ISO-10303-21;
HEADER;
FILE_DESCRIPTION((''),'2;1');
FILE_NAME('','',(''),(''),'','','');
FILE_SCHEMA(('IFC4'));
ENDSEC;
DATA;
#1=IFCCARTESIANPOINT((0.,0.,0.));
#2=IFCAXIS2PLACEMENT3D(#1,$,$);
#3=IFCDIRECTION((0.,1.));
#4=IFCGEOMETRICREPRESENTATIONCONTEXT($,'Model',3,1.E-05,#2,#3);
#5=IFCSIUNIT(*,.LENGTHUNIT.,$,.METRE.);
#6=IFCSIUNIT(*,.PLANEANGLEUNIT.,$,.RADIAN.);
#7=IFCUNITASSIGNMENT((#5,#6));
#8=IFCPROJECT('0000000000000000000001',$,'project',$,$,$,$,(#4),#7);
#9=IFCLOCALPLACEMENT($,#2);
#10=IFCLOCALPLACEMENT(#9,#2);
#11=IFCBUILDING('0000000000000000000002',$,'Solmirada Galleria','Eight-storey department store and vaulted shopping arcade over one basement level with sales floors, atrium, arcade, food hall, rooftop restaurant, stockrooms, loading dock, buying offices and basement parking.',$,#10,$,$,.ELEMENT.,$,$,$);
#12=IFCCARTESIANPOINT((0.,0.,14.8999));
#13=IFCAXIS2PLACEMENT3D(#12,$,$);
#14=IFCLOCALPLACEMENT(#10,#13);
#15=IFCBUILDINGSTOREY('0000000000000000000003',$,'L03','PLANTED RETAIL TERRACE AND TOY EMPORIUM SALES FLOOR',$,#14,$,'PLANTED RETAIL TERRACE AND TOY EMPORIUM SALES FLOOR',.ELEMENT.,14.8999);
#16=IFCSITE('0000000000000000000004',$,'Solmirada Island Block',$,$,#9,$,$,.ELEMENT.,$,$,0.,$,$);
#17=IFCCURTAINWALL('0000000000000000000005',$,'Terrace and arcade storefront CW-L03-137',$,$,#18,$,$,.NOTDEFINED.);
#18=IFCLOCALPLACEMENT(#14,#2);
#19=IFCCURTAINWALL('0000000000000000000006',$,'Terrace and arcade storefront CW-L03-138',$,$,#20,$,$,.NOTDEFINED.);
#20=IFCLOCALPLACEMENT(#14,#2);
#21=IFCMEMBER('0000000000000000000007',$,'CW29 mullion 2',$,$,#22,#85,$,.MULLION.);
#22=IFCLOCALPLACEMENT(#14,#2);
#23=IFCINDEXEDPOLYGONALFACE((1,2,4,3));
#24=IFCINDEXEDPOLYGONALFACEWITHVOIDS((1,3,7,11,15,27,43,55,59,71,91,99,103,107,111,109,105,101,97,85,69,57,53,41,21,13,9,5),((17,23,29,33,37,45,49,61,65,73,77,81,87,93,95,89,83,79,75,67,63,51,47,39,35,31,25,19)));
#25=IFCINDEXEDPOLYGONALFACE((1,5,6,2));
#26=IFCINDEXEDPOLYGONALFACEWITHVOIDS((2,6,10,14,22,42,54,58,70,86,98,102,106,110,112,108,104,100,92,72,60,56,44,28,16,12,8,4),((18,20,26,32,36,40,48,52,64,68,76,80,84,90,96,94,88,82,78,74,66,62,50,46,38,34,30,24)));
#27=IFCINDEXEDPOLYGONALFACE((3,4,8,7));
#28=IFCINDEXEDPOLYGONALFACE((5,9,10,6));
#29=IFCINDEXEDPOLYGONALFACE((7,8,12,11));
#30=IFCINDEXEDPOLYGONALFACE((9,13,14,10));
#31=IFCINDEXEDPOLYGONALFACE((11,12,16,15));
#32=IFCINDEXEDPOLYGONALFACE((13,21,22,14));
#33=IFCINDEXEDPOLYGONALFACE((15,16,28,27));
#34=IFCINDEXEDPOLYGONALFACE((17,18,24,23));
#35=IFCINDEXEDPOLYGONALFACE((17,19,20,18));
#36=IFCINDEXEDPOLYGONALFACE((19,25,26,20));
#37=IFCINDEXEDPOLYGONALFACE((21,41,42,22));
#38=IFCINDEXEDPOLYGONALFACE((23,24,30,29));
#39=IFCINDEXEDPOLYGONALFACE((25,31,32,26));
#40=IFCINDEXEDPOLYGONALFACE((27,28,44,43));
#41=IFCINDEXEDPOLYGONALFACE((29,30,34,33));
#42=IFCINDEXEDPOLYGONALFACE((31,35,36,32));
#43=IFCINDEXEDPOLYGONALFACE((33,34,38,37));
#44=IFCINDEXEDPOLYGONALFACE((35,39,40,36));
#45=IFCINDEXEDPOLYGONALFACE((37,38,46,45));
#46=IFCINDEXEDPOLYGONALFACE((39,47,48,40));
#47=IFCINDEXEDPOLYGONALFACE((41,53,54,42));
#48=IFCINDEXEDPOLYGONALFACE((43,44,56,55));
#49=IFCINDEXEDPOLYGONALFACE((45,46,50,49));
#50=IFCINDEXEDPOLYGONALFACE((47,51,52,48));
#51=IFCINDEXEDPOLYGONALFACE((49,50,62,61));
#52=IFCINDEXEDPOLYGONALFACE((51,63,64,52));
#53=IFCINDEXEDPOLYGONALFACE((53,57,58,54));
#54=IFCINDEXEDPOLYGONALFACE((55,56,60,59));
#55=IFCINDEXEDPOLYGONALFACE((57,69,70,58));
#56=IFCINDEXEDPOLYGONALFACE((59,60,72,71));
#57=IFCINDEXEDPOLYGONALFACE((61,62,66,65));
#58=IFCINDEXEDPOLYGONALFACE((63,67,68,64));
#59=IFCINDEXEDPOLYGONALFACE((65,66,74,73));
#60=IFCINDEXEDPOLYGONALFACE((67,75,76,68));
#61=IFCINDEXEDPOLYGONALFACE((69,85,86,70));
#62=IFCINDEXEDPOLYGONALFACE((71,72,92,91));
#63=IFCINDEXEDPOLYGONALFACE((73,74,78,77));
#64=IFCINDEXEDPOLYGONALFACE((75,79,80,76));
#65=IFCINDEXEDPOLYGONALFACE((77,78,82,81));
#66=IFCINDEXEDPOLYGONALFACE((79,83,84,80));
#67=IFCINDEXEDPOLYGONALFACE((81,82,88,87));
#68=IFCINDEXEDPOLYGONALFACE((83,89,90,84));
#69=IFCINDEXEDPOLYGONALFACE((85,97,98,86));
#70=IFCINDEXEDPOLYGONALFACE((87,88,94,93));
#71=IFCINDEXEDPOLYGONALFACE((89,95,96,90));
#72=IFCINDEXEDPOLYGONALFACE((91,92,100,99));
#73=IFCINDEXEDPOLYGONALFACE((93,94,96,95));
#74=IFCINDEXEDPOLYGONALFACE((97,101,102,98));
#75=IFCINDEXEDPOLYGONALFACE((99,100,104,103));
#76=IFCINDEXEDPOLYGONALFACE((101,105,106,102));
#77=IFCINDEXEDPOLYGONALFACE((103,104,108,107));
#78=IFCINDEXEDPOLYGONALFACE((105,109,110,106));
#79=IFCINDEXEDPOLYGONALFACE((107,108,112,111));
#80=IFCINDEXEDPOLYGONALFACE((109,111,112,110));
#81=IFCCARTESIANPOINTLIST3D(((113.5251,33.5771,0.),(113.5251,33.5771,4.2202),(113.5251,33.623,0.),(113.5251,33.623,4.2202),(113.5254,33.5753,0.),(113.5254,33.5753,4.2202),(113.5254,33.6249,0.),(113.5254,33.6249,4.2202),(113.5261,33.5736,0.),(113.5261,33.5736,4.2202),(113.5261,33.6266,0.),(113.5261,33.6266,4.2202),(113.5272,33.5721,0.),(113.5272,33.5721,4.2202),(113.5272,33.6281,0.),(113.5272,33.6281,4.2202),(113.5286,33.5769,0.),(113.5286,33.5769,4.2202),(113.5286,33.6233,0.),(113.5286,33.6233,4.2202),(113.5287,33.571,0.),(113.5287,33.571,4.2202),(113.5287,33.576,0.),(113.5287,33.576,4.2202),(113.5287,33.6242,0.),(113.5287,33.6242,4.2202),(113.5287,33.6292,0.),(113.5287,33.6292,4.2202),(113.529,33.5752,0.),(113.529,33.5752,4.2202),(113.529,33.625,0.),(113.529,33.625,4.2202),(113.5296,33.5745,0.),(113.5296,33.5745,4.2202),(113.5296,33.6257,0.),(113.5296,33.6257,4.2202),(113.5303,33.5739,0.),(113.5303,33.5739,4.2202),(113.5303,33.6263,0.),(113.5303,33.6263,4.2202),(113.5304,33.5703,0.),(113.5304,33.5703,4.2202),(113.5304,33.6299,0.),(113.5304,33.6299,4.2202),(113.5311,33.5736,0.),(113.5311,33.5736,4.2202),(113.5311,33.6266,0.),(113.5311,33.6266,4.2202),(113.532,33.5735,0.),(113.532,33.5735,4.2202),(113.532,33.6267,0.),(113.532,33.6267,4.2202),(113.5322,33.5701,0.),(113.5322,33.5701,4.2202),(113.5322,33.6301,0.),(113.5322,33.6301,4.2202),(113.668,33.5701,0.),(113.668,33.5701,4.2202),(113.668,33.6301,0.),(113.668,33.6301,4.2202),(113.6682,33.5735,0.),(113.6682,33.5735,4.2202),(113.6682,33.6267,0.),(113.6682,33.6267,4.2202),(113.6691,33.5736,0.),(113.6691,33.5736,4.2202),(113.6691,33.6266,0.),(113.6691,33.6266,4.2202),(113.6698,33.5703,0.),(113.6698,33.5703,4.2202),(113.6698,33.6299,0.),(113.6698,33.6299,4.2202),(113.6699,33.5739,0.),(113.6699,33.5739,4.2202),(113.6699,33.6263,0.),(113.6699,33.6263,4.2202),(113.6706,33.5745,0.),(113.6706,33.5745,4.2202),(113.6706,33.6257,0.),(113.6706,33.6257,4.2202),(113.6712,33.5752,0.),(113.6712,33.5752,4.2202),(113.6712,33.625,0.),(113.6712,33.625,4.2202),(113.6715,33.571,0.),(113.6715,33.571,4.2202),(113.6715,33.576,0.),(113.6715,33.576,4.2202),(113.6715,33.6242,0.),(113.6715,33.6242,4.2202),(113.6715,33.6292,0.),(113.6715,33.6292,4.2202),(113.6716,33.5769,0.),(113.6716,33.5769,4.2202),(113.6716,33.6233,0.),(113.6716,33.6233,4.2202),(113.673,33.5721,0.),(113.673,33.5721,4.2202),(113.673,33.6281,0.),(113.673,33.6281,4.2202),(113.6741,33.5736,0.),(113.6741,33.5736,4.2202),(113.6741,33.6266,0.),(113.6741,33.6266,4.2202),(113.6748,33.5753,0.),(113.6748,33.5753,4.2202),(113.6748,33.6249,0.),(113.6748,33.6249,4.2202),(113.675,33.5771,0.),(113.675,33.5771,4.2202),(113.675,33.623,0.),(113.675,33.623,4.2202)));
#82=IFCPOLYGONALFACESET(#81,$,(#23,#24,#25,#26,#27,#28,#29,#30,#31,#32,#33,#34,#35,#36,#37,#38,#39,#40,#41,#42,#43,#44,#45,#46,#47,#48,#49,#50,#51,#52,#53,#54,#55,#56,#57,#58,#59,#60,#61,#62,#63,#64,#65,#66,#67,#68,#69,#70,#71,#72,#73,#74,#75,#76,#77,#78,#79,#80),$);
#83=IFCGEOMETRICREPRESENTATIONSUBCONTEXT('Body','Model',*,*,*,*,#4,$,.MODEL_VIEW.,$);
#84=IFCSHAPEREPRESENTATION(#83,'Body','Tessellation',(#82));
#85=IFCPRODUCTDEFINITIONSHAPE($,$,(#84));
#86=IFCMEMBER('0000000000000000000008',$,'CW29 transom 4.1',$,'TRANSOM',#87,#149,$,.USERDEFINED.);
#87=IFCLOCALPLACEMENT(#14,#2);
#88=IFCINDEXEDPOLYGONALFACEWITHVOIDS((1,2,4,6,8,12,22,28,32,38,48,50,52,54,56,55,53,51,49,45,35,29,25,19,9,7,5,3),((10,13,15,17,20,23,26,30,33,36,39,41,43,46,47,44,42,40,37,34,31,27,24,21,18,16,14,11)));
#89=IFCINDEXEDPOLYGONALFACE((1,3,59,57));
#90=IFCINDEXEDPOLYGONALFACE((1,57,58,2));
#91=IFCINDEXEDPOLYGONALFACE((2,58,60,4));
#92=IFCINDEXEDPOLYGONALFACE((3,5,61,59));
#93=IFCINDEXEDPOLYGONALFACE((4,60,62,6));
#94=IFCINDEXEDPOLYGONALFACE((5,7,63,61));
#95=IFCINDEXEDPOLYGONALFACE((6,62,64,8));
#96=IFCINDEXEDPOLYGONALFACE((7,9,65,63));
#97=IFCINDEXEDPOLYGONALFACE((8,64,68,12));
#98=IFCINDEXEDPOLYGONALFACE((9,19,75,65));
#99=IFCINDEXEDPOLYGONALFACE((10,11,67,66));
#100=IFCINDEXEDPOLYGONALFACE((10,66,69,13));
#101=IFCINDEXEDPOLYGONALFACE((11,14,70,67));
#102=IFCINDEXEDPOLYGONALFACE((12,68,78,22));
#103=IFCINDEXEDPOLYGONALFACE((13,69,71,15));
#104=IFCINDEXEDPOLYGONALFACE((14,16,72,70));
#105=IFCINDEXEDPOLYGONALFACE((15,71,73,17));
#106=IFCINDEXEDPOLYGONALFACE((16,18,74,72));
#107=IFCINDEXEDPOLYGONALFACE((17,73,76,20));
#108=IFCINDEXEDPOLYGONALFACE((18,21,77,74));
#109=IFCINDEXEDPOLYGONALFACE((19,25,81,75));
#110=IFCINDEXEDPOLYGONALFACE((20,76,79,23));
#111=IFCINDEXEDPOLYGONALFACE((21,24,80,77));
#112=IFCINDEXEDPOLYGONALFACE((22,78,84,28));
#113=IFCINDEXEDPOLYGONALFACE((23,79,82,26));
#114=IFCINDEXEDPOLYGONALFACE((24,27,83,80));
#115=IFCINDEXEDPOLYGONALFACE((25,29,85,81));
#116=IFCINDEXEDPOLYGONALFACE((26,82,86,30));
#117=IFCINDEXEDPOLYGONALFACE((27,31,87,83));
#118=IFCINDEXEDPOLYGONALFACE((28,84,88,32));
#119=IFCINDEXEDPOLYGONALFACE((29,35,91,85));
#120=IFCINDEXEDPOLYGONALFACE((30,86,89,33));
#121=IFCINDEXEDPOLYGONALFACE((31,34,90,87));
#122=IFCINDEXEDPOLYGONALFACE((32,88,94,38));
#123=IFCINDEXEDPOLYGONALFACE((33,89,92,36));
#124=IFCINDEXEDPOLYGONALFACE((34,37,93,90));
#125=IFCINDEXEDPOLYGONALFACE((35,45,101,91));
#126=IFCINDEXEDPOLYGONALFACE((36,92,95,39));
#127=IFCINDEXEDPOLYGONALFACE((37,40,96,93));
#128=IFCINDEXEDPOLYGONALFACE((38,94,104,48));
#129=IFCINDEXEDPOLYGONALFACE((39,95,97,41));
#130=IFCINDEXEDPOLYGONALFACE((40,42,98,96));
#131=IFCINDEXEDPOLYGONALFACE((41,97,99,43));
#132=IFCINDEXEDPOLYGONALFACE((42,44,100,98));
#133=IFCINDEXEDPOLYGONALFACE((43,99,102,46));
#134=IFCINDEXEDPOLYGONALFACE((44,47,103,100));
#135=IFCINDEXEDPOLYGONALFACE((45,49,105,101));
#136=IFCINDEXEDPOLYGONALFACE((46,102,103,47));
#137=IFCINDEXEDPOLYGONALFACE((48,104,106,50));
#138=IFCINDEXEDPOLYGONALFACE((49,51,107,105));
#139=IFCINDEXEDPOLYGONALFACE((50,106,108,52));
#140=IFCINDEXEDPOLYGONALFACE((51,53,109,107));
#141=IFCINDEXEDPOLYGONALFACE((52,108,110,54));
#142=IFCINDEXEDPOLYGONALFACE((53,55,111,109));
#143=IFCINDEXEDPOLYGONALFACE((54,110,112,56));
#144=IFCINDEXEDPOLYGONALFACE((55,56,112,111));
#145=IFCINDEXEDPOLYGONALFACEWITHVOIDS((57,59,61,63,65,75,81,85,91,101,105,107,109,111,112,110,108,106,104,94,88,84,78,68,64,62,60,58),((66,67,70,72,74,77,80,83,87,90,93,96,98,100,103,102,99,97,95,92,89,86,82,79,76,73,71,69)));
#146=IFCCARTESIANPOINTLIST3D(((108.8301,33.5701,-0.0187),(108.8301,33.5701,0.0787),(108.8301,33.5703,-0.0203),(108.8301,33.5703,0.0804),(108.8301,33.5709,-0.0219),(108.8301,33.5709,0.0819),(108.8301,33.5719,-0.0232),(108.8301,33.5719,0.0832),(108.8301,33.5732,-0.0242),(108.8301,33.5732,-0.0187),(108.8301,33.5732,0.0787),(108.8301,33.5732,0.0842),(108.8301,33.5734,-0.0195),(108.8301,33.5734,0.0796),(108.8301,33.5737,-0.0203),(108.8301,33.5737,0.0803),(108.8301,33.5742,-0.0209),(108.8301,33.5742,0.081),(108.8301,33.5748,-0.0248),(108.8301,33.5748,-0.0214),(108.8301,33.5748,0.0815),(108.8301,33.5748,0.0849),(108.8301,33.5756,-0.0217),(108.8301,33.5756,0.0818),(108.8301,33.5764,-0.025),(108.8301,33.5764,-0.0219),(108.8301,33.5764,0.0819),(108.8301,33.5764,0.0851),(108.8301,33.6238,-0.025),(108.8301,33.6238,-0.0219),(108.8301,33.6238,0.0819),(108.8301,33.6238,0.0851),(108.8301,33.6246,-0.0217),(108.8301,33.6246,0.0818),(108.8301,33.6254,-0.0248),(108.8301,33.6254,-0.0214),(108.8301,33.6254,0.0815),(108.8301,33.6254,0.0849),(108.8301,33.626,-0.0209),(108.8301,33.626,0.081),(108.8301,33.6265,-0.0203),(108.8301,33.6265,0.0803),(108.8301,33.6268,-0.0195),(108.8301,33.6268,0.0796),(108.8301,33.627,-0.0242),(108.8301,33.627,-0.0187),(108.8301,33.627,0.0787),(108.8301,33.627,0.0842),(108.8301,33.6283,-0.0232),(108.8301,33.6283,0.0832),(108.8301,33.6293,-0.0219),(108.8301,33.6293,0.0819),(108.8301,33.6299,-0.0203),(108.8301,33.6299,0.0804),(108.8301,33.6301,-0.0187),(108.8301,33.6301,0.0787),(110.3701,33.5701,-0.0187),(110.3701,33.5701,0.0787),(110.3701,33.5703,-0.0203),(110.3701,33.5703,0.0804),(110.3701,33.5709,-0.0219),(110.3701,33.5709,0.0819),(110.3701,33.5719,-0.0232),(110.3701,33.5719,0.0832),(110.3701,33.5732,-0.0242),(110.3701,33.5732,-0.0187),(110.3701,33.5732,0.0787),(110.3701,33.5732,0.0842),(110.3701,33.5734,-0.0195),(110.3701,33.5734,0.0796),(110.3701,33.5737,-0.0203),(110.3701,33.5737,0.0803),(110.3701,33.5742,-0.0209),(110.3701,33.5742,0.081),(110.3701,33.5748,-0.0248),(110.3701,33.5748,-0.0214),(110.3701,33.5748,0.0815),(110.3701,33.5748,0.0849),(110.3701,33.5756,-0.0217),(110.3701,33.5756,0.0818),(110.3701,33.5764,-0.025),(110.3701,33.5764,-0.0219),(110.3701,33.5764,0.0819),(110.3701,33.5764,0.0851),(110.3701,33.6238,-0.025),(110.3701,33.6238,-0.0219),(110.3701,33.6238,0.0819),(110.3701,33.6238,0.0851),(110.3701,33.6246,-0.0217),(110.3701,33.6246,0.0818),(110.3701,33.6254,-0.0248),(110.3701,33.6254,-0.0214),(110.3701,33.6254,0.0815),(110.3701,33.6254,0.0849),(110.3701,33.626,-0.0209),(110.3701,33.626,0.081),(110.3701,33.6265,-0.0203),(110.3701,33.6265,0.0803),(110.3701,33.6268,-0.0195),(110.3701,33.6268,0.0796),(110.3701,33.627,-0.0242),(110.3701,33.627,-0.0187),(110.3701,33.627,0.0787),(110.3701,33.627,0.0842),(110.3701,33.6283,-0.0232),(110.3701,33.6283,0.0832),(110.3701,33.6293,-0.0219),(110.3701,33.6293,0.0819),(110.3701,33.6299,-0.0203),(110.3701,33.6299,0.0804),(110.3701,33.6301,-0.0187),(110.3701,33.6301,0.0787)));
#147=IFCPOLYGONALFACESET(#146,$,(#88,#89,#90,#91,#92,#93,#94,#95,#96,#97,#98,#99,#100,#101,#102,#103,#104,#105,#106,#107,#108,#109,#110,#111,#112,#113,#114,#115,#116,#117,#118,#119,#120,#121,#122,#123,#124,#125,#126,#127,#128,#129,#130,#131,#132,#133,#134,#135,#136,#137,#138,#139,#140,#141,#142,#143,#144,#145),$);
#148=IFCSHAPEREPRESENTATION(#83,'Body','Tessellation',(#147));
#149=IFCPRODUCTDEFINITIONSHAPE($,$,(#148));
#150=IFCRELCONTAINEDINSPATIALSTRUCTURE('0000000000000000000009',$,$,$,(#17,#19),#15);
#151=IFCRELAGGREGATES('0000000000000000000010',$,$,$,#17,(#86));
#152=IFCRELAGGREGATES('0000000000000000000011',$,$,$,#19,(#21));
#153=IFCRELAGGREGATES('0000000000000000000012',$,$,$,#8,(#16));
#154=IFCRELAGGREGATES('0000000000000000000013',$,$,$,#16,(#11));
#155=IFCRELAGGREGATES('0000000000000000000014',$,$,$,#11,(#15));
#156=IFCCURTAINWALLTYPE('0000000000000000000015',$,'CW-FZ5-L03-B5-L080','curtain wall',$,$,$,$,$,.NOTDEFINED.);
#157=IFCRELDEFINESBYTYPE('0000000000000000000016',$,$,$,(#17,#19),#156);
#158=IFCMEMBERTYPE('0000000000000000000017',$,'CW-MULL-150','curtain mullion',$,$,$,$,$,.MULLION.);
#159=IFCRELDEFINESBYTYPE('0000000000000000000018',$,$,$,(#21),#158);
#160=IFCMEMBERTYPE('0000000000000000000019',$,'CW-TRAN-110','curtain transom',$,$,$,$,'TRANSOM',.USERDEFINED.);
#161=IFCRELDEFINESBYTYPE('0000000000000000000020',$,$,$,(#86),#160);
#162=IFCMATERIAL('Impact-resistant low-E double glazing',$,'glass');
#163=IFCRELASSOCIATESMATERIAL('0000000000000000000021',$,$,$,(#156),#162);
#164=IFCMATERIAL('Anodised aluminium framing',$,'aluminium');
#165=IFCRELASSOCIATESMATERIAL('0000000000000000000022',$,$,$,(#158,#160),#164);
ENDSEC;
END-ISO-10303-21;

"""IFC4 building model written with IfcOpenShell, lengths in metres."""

from ifc_helpers import new_model, si_unit, direction, frame, origin, origin_2d, place, context, subcontext, project, spatial, hollow_rectangle, extrude, material, material_profile, profile_set, type_object, element, aggregate, save


model = new_model("IFC4")

# Units and contexts
model_context = context("Model", 3, precision=1e-05, world=origin(), true_north=direction((0.0, 1.0)))
body_context = subcontext(model_context, "Body", "Model", "MODEL_VIEW")
ifc_project = project(units=[si_unit("LENGTHUNIT", "METRE"), si_unit("PLANEANGLEUNIT", "RADIAN")], contexts=[model_context])

# Site, building, storey
site_placement = place(None, origin())
site = spatial("IfcSite", under=ifc_project, at=site_placement, Name="Solmirada Island Block", CompositionType="ELEMENT", RefElevation=0.0)
building_placement = place(site_placement, origin())
building = spatial("IfcBuilding", under=site, at=building_placement, Name="Solmirada Galleria", Description="Eight-storey department store and vaulted shopping arcade over one basement level with sales floors, atrium, arcade, food hall, rooftop restaurant, stockrooms, loading dock, buying offices and basement parking.", CompositionType="ELEMENT")
storey_placement = place(building_placement, frame((0.0, 0.0, 14.8999)))
storey = spatial("IfcBuildingStorey", under=building, at=storey_placement, Name="L03", Description="PLANTED RETAIL TERRACE AND TOY EMPORIUM SALES FLOOR", LongName="PLANTED RETAIL TERRACE AND TOY EMPORIUM SALES FLOOR", CompositionType="ELEMENT", Elevation=14.8999)

# Curtain walls, member
ifc_material_1 = material(Name="Impact-resistant low-E double glazing", Category="glass")
curtain_wall_type = type_object("IfcCurtainWallType", Name="CW-FZ5-L03-B5-L080", Description="curtain wall", PredefinedType="NOTDEFINED", material=ifc_material_1)
curtain_wall_1_placement = place(storey_placement, origin())
curtain_wall_1 = element("IfcCurtainWall", 1, at=curtain_wall_1_placement, inside=storey, type_object=curtain_wall_type, Name="Terrace and arcade storefront CW-L03-137", PredefinedType="NOTDEFINED")
ifc_material_2 = material(Name="Anodised aluminium framing", Category="aluminium")
ifc_material_profile_1 = material_profile(ifc_material_2, hollow_rectangle(XDim=0.0601, YDim=0.1499, WallThickness=0.0034, InnerFilletRadius=0.0034, OuterFilletRadius=0.0071, at=origin_2d()), Name="ALU-MULL-150X60")
ifc_profile_set_1 = profile_set([ifc_material_profile_1], Name="Anodised aluminium framing")
member_type_1 = type_object("IfcMemberType", Name="CW-MULL-150", Description="curtain mullion", PredefinedType="MULLION", material=ifc_profile_set_1)
curtain_wall_2_placement = place(storey_placement, origin())
curtain_wall_2 = element("IfcCurtainWall", 2, at=curtain_wall_2_placement, inside=storey, type_object=curtain_wall_type, Name="Terrace and arcade storefront CW-L03-138", PredefinedType="NOTDEFINED")
member_1_placement = place(storey_placement, frame((113.6001, 33.6001, 0.0), z_axis=(0.0, 0.0, 1.0), x_axis=(0.0, 1.0, 0.0)))
member_1 = element("IfcMember", 3, at=member_1_placement, type_object=member_type_1, Name="CW29 mullion 2", PredefinedType="MULLION", context=body_context, shape_type="SweptSolid", body=[
    extrude(hollow_rectangle(XDim=0.0601, YDim=0.1499, WallThickness=0.0034, InnerFilletRadius=0.0034, OuterFilletRadius=0.0071, at=origin_2d()), origin(), (0.0, 0.0, 1.0), 4.2202),
])

# Member
ifc_material_profile_2 = material_profile(ifc_material_2, hollow_rectangle(XDim=0.0601, YDim=0.1101, WallThickness=0.0032, InnerFilletRadius=0.0032, OuterFilletRadius=0.0063, at=origin_2d()), Name="ALU-TRAN-110X60")
ifc_profile_set_2 = profile_set([ifc_material_profile_2], Name="Anodised aluminium framing")
member_type_2 = type_object("IfcMemberType", Name="CW-TRAN-110", Description="curtain transom", ElementType="TRANSOM", PredefinedType="USERDEFINED", material=ifc_profile_set_2)
member_2_placement = place(storey_placement, frame((108.8301, 33.6001, 0.03), z_axis=(1.0, 0.0, 0.0), x_axis=(0.0, 1.0, 0.0)))
member_2 = element("IfcMember", 4, at=member_2_placement, type_object=member_type_2, Name="CW29 transom 4.1", ObjectType="TRANSOM", PredefinedType="USERDEFINED", context=body_context, shape_type="SweptSolid", body=[
    extrude(hollow_rectangle(XDim=0.0601, YDim=0.1101, WallThickness=0.0032, InnerFilletRadius=0.0032, OuterFilletRadius=0.0063, at=origin_2d()), origin(), (0.0, 0.0, 1.0), 1.54),
])

aggregate(curtain_wall_1, [member_2])
aggregate(curtain_wall_2, [member_1])

save(model, "model.ifc")
